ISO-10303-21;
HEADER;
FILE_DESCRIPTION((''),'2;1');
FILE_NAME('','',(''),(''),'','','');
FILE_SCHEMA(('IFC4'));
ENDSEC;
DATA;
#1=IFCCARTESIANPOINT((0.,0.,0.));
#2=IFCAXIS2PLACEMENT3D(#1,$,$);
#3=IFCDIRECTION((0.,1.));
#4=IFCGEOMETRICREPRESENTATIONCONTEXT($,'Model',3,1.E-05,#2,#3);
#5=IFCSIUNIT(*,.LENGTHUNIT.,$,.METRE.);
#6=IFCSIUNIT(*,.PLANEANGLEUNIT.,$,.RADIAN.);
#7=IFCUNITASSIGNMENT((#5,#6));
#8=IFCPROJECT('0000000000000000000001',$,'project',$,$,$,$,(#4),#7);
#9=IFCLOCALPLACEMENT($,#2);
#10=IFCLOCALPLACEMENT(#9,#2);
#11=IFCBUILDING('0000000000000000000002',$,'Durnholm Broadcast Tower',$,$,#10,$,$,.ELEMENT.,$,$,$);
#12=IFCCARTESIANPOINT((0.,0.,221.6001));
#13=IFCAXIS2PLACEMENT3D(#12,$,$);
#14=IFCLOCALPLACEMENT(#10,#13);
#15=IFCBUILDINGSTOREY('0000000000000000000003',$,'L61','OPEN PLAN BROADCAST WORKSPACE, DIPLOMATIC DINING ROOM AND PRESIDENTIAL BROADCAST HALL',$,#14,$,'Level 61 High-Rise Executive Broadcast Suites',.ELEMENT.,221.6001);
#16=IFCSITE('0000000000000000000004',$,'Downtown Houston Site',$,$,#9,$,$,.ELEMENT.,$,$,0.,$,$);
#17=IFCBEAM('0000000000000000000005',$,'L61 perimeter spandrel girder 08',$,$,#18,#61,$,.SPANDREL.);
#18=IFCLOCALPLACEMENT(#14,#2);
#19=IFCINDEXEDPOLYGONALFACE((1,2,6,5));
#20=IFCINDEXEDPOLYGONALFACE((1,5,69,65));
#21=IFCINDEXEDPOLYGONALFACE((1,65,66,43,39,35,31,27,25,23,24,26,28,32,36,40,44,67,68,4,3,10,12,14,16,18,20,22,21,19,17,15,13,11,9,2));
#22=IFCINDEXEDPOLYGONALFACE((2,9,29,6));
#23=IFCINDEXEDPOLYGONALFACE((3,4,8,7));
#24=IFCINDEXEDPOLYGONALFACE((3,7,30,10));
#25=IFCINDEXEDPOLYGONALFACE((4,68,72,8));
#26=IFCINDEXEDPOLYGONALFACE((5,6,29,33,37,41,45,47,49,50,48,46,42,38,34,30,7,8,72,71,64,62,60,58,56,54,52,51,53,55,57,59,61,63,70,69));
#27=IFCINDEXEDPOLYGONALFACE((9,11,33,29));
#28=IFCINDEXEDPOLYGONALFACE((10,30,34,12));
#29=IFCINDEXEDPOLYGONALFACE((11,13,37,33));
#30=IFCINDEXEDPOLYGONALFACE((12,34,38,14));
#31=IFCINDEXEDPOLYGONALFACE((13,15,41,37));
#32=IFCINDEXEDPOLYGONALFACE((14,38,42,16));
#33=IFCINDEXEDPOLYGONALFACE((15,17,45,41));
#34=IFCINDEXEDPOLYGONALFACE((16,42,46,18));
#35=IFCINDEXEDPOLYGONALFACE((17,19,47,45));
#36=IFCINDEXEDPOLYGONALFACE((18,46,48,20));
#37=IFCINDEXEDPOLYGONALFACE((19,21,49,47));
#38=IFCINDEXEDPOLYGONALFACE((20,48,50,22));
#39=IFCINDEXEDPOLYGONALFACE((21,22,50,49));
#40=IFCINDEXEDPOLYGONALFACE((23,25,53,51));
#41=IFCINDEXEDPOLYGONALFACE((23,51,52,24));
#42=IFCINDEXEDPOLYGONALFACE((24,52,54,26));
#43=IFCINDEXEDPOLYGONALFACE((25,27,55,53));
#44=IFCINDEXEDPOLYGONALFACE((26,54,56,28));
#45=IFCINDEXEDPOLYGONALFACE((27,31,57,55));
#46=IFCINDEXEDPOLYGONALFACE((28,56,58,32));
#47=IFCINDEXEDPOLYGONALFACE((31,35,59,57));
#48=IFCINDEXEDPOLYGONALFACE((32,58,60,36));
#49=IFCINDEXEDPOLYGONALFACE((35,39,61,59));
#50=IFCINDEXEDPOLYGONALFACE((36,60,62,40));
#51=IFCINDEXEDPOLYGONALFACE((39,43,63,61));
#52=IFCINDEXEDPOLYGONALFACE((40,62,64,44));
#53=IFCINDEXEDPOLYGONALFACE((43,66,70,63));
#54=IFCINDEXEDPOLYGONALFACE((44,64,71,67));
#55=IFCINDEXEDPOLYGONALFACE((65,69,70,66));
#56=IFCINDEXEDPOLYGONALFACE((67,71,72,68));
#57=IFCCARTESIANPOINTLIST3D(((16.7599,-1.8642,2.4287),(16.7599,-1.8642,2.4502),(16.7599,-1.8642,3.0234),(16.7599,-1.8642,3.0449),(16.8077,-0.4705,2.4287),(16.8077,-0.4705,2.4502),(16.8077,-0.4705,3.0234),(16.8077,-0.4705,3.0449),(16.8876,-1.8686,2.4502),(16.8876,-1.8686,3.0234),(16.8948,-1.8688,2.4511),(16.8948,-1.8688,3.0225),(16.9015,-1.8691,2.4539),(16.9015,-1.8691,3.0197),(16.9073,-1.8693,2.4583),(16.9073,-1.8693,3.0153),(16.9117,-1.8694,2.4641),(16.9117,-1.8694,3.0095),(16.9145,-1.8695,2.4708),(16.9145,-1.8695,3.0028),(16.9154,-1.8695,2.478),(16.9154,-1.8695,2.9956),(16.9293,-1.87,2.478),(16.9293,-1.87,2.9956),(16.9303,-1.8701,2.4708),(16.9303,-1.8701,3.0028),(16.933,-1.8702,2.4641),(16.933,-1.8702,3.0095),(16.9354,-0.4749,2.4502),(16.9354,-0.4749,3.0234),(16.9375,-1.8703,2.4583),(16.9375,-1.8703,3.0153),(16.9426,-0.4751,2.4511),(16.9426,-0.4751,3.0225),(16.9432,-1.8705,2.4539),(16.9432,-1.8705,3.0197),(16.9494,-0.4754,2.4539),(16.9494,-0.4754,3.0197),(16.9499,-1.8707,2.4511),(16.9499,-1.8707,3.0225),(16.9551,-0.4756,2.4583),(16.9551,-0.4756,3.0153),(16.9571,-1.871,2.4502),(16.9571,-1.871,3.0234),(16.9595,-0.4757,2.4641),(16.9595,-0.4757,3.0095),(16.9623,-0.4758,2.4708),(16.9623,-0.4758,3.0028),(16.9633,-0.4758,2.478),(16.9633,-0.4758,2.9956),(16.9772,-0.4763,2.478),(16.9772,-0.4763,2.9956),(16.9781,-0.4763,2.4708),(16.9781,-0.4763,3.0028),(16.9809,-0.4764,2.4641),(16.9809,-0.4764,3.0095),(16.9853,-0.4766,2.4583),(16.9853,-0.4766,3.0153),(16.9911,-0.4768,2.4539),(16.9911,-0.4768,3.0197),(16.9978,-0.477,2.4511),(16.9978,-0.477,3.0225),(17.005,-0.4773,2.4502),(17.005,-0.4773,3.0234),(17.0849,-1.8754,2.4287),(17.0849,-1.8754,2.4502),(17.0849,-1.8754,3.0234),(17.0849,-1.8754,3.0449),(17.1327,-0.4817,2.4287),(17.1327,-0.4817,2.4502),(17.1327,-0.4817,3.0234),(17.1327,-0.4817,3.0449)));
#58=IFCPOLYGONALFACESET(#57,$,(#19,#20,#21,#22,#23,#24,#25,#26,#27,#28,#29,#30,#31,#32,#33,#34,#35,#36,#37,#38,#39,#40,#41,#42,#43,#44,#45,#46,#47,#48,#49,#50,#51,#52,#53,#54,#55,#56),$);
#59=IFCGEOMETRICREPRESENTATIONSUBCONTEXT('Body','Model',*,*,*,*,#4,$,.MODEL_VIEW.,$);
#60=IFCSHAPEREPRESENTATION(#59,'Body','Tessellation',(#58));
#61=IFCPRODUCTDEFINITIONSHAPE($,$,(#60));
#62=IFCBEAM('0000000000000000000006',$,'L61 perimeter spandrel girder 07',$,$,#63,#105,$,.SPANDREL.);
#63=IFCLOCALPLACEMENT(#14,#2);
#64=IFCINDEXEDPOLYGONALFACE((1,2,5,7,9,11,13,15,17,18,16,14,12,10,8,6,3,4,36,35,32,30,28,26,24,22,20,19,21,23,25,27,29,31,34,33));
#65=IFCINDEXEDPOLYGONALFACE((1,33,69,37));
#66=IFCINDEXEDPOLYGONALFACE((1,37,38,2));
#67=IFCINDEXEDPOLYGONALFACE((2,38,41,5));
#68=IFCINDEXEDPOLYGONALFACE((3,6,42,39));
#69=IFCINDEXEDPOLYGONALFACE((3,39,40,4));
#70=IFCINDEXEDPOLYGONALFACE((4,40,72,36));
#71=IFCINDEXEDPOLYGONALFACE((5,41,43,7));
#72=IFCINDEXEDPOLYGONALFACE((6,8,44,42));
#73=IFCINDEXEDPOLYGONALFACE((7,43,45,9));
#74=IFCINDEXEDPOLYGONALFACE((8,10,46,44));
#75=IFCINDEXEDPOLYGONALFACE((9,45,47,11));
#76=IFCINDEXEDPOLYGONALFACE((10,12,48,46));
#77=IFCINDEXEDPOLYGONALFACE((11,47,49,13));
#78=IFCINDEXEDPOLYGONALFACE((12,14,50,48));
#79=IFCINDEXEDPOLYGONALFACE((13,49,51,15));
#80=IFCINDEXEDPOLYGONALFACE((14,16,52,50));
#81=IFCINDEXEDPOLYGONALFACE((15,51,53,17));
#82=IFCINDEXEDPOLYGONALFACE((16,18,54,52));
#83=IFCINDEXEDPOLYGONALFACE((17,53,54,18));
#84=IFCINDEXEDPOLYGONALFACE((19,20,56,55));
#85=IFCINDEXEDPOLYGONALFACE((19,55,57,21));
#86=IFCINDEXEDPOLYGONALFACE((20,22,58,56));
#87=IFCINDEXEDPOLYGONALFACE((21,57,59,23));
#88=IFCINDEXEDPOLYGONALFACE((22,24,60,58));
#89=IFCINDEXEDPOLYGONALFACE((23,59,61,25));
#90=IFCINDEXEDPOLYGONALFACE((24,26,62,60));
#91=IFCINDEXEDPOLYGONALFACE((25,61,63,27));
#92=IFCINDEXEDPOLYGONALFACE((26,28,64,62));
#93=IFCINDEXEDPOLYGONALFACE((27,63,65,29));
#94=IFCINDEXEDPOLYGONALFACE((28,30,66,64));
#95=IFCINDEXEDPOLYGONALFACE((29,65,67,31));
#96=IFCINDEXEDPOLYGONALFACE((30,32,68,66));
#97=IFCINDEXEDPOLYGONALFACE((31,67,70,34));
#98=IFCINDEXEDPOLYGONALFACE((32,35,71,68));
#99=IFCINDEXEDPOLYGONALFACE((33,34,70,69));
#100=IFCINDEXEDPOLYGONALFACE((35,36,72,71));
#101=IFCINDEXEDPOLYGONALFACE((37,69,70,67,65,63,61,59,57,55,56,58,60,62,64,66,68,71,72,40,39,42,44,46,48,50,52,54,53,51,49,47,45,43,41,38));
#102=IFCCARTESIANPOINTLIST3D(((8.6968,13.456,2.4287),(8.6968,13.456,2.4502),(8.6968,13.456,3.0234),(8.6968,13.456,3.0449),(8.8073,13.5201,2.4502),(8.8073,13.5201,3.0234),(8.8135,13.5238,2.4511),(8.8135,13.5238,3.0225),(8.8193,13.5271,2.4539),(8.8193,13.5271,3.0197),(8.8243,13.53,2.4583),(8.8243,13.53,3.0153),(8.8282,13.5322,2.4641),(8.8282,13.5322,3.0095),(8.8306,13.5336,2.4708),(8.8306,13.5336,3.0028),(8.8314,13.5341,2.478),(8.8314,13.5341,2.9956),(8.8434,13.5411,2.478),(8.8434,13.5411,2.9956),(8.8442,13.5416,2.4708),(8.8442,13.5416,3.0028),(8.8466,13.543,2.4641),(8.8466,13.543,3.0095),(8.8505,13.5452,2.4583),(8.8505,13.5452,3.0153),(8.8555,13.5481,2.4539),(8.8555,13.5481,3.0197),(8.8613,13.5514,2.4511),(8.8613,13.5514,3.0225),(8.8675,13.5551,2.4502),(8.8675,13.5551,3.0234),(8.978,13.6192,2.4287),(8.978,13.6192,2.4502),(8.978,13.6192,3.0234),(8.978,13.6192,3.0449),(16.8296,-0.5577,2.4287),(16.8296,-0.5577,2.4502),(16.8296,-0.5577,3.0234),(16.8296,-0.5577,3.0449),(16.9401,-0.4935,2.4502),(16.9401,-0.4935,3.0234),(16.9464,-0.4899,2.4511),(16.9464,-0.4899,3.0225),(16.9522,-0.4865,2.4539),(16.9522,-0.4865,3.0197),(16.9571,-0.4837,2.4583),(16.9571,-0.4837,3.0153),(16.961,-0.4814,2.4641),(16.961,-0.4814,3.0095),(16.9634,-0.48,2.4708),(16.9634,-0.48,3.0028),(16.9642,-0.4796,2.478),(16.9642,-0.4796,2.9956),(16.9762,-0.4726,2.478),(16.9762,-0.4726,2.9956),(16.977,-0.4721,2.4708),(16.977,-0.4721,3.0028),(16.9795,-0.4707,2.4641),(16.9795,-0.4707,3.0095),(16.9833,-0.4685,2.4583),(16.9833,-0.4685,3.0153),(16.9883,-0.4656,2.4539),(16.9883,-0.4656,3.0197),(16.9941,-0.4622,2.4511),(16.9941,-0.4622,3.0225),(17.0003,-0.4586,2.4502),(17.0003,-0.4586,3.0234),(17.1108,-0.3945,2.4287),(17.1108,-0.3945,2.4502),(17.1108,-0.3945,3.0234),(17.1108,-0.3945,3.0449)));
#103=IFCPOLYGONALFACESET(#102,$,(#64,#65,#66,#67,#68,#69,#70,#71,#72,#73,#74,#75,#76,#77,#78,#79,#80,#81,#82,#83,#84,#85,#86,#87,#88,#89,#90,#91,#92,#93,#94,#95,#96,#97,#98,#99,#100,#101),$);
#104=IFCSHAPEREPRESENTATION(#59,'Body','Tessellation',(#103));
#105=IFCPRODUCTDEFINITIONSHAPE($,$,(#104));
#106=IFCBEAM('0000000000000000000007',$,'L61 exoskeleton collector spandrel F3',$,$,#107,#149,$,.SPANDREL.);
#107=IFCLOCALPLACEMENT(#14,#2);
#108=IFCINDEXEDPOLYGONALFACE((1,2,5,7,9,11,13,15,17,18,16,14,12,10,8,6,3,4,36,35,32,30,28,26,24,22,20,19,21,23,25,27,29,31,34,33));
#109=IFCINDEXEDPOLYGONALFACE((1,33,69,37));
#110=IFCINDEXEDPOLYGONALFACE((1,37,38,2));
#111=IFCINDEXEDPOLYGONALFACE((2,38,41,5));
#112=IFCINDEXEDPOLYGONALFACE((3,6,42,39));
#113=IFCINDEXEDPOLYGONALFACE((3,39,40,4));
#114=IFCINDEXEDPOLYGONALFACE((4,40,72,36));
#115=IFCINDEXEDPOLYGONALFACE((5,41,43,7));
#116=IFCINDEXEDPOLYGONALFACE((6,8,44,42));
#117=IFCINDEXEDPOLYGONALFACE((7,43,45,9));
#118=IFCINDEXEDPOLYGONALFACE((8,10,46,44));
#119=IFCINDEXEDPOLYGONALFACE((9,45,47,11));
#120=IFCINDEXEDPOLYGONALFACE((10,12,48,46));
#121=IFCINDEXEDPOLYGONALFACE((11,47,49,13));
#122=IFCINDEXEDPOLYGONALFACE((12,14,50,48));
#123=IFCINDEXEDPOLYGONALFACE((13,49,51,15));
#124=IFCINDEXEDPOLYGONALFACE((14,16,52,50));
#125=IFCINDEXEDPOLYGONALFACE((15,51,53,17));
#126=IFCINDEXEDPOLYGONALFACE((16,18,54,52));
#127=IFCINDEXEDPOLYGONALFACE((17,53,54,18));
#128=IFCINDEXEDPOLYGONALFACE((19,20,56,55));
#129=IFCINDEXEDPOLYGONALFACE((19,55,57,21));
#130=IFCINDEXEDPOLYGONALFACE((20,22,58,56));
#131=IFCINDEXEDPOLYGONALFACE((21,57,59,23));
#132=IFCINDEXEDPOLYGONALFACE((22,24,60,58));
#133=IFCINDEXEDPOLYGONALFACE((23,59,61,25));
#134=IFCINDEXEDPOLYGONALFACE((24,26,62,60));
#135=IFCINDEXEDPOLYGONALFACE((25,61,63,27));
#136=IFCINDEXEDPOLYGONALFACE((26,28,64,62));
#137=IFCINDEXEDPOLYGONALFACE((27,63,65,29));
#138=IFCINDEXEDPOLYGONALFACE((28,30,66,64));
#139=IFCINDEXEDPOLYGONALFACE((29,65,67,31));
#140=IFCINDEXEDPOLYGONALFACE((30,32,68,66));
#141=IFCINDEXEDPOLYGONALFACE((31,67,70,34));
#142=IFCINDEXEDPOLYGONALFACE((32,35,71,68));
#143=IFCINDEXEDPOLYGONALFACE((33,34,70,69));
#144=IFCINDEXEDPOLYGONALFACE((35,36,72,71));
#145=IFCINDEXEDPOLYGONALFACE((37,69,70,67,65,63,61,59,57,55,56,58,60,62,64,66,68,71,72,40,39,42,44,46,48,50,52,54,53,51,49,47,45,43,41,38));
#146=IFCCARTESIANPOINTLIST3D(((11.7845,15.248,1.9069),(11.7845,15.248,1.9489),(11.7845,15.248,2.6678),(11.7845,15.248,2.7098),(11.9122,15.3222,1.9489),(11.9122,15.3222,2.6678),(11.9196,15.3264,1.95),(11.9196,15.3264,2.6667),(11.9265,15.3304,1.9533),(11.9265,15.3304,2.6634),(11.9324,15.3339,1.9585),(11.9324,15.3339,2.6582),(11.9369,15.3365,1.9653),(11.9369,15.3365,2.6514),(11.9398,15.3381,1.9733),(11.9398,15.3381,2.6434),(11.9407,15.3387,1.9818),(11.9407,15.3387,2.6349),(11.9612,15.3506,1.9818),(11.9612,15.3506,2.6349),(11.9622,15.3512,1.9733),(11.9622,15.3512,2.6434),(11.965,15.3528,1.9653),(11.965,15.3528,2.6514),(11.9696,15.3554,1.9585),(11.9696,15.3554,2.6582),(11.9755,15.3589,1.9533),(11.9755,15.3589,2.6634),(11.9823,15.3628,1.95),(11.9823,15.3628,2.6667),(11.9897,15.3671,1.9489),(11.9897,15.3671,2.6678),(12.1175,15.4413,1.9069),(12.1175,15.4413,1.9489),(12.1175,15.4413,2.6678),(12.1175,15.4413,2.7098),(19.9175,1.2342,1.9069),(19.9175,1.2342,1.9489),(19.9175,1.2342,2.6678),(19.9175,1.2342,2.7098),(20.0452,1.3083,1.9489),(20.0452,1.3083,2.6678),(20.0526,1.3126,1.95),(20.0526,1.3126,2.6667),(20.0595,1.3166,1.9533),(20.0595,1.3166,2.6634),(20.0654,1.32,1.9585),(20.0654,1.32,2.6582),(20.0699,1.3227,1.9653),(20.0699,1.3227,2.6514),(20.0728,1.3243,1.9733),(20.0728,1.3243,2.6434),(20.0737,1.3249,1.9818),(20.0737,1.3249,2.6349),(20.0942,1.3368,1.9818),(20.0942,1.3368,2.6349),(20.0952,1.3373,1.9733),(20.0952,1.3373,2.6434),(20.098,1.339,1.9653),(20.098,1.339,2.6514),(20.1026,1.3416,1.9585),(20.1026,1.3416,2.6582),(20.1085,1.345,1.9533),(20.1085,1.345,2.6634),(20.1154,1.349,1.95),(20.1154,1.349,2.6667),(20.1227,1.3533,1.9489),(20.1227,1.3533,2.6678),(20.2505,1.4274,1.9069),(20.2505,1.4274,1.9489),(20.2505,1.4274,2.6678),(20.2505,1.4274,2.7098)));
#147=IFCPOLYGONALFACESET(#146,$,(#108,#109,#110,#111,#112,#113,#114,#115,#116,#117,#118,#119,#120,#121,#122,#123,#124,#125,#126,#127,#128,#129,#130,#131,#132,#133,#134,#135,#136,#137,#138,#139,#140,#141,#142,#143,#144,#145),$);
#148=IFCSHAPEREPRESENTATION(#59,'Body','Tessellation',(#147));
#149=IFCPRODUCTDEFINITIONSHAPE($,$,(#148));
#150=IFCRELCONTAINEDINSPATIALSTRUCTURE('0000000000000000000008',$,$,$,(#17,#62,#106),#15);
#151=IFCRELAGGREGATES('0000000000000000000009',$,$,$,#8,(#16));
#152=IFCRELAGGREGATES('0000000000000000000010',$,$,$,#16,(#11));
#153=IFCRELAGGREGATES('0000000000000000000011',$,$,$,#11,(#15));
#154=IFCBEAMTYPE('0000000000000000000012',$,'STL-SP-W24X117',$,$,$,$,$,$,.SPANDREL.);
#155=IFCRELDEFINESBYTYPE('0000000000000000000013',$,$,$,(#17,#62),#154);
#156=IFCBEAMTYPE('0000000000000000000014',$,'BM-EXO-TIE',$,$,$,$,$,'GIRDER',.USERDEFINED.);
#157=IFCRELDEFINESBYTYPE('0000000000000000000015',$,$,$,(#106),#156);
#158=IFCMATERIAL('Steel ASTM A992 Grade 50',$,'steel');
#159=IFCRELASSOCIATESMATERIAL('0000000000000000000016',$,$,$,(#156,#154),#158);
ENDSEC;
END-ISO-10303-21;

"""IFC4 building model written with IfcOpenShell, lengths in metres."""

from ifc_helpers import new_model, si_unit, direction, frame, origin, origin_2d, place, context, subcontext, project, spatial, i_section, extrude, source, transform, mapped, material, material_profile, profile_set, type_object, type_shapes, element, save


model = new_model("IFC4")

# Units and contexts
model_context = context("Model", 3, precision=1e-05, world=origin(), true_north=direction((0.0, 1.0)))
body_context = subcontext(model_context, "Body", "Model", "MODEL_VIEW")
ifc_project = project(units=[si_unit("LENGTHUNIT", "METRE"), si_unit("PLANEANGLEUNIT", "RADIAN")], contexts=[model_context])

# Site, building, storey
site_placement = place(None, origin())
site = spatial("IfcSite", under=ifc_project, at=site_placement, Name="Downtown Houston Site", CompositionType="ELEMENT", RefElevation=0.0)
building_placement = place(site_placement, origin())
building = spatial("IfcBuilding", under=site, at=building_placement, Name="Durnholm Broadcast Tower", CompositionType="ELEMENT")
storey_placement = place(building_placement, frame((0.0, 0.0, 221.6001)))
storey = spatial("IfcBuildingStorey", under=building, at=storey_placement, Name="L61", Description="OPEN PLAN BROADCAST WORKSPACE, DIPLOMATIC DINING ROOM AND PRESIDENTIAL BROADCAST HALL", LongName="Level 61 High-Rise Executive Broadcast Suites", CompositionType="ELEMENT", Elevation=221.6001)

# Beams
ifc_material_1 = material(Name="Steel ASTM A992 Grade 50", Category="steel")
ifc_material_profile_1 = material_profile(ifc_material_1, i_section(OverallWidth=0.385, OverallDepth=0.803, WebThickness=0.0237, FlangeThickness=0.042, FilletRadius=0.033, at=origin_2d()), Name="W30X261")
ifc_profile_set_1 = profile_set([ifc_material_profile_1], Name="Steel ASTM A992 Grade 50")
beam_type_1 = type_object("IfcBeamType", Name="BM-EXO-TIE", ElementType="GIRDER", PredefinedType="USERDEFINED", material=ifc_profile_set_1)
ifc_material_profile_2 = material_profile(ifc_material_1, i_section(OverallWidth=0.3252, OverallDepth=0.6162, WebThickness=0.0139, FlangeThickness=0.0215, FilletRadius=0.0278, at=origin_2d()), Name="W24X117")
ifc_profile_set_2 = profile_set([ifc_material_profile_2], Name="Steel ASTM A992 Grade 50")
beam_type_2 = type_object("IfcBeamType", Name="STL-SP-W24X117", PredefinedType="SPANDREL", material=ifc_profile_set_2)
shared_shape_1 = source(origin(), body_context, "Body", "SweptSolid", [
    extrude(i_section(OverallWidth=0.3252, OverallDepth=0.6162, WebThickness=0.0139, FlangeThickness=0.0215, FilletRadius=0.0278, at=origin_2d()), origin(), (0.0, 0.0, 1.0), 1.3945),
])
beam_1_placement = place(storey_placement, frame((16.9702, -0.4761, 2.7368), z_axis=(-0.034312, -0.999411, 0.0), x_axis=(0.999411, -0.034312, 0.0)))
element("IfcBeam", 1, at=beam_1_placement, inside=storey, type_object=beam_type_2, Name="L61 perimeter spandrel girder 08", PredefinedType="SPANDREL", context=body_context, shape_type="MappedRepresentation", body=[
    mapped(shared_shape_1, transform((0.0, 0.0, 0.0), x_axis=(1.0, 0.0, 0.0), y_axis=(0.0, 1.0, 0.0), z_axis=(0.0, 0.0, 1.0), scale=1.0)),
])
shared_shape_2 = source(origin(), body_context, "Body", "SweptSolid", [
    extrude(i_section(OverallWidth=0.3252, OverallDepth=0.6162, WebThickness=0.0139, FlangeThickness=0.0215, FilletRadius=0.0278, at=origin_2d()), origin(), (0.0, 0.0, 1.0), 16.2026),
])
type_shapes(beam_type_2, [shared_shape_1, shared_shape_2])
beam_2_placement = place(storey_placement, frame((8.8374, 13.5376, 2.7368), z_axis=(0.501944, -0.8649, 0.0), x_axis=(0.8649, 0.501944, 0.0)))
element("IfcBeam", 2, at=beam_2_placement, inside=storey, type_object=beam_type_2, Name="L61 perimeter spandrel girder 07", PredefinedType="SPANDREL", context=body_context, shape_type="MappedRepresentation", body=[
    mapped(shared_shape_2, transform((0.0, 0.0, 0.0), x_axis=(1.0, 0.0, 0.0), y_axis=(0.0, 1.0, 0.0), z_axis=(0.0, 0.0, 1.0), scale=1.0)),
])
shared_shape_3 = source(origin(), body_context, "Body", "SweptSolid", [
    extrude(i_section(OverallWidth=0.385, OverallDepth=0.803, WebThickness=0.0237, FlangeThickness=0.042, FilletRadius=0.033, at=origin_2d()), origin(), (0.0, 0.0, 1.0), 16.2029),
])
beam_3_placement = place(storey_placement, frame((20.084, 1.3308, 2.3083), z_axis=(-0.501948, 0.864898, 0.0), x_axis=(-0.864898, -0.501948, 0.0)))
element("IfcBeam", 3, at=beam_3_placement, inside=storey, type_object=beam_type_1, Name="L61 exoskeleton collector spandrel F3", PredefinedType="SPANDREL", context=body_context, shape_type="MappedRepresentation", body=[
    mapped(shared_shape_3, transform((0.0, 0.0, 0.0), x_axis=(1.0, 0.0, 0.0), y_axis=(0.0, 1.0, 0.0), z_axis=(0.0, 0.0, 1.0), scale=1.0)),
])

save(model, "model.ifc")
